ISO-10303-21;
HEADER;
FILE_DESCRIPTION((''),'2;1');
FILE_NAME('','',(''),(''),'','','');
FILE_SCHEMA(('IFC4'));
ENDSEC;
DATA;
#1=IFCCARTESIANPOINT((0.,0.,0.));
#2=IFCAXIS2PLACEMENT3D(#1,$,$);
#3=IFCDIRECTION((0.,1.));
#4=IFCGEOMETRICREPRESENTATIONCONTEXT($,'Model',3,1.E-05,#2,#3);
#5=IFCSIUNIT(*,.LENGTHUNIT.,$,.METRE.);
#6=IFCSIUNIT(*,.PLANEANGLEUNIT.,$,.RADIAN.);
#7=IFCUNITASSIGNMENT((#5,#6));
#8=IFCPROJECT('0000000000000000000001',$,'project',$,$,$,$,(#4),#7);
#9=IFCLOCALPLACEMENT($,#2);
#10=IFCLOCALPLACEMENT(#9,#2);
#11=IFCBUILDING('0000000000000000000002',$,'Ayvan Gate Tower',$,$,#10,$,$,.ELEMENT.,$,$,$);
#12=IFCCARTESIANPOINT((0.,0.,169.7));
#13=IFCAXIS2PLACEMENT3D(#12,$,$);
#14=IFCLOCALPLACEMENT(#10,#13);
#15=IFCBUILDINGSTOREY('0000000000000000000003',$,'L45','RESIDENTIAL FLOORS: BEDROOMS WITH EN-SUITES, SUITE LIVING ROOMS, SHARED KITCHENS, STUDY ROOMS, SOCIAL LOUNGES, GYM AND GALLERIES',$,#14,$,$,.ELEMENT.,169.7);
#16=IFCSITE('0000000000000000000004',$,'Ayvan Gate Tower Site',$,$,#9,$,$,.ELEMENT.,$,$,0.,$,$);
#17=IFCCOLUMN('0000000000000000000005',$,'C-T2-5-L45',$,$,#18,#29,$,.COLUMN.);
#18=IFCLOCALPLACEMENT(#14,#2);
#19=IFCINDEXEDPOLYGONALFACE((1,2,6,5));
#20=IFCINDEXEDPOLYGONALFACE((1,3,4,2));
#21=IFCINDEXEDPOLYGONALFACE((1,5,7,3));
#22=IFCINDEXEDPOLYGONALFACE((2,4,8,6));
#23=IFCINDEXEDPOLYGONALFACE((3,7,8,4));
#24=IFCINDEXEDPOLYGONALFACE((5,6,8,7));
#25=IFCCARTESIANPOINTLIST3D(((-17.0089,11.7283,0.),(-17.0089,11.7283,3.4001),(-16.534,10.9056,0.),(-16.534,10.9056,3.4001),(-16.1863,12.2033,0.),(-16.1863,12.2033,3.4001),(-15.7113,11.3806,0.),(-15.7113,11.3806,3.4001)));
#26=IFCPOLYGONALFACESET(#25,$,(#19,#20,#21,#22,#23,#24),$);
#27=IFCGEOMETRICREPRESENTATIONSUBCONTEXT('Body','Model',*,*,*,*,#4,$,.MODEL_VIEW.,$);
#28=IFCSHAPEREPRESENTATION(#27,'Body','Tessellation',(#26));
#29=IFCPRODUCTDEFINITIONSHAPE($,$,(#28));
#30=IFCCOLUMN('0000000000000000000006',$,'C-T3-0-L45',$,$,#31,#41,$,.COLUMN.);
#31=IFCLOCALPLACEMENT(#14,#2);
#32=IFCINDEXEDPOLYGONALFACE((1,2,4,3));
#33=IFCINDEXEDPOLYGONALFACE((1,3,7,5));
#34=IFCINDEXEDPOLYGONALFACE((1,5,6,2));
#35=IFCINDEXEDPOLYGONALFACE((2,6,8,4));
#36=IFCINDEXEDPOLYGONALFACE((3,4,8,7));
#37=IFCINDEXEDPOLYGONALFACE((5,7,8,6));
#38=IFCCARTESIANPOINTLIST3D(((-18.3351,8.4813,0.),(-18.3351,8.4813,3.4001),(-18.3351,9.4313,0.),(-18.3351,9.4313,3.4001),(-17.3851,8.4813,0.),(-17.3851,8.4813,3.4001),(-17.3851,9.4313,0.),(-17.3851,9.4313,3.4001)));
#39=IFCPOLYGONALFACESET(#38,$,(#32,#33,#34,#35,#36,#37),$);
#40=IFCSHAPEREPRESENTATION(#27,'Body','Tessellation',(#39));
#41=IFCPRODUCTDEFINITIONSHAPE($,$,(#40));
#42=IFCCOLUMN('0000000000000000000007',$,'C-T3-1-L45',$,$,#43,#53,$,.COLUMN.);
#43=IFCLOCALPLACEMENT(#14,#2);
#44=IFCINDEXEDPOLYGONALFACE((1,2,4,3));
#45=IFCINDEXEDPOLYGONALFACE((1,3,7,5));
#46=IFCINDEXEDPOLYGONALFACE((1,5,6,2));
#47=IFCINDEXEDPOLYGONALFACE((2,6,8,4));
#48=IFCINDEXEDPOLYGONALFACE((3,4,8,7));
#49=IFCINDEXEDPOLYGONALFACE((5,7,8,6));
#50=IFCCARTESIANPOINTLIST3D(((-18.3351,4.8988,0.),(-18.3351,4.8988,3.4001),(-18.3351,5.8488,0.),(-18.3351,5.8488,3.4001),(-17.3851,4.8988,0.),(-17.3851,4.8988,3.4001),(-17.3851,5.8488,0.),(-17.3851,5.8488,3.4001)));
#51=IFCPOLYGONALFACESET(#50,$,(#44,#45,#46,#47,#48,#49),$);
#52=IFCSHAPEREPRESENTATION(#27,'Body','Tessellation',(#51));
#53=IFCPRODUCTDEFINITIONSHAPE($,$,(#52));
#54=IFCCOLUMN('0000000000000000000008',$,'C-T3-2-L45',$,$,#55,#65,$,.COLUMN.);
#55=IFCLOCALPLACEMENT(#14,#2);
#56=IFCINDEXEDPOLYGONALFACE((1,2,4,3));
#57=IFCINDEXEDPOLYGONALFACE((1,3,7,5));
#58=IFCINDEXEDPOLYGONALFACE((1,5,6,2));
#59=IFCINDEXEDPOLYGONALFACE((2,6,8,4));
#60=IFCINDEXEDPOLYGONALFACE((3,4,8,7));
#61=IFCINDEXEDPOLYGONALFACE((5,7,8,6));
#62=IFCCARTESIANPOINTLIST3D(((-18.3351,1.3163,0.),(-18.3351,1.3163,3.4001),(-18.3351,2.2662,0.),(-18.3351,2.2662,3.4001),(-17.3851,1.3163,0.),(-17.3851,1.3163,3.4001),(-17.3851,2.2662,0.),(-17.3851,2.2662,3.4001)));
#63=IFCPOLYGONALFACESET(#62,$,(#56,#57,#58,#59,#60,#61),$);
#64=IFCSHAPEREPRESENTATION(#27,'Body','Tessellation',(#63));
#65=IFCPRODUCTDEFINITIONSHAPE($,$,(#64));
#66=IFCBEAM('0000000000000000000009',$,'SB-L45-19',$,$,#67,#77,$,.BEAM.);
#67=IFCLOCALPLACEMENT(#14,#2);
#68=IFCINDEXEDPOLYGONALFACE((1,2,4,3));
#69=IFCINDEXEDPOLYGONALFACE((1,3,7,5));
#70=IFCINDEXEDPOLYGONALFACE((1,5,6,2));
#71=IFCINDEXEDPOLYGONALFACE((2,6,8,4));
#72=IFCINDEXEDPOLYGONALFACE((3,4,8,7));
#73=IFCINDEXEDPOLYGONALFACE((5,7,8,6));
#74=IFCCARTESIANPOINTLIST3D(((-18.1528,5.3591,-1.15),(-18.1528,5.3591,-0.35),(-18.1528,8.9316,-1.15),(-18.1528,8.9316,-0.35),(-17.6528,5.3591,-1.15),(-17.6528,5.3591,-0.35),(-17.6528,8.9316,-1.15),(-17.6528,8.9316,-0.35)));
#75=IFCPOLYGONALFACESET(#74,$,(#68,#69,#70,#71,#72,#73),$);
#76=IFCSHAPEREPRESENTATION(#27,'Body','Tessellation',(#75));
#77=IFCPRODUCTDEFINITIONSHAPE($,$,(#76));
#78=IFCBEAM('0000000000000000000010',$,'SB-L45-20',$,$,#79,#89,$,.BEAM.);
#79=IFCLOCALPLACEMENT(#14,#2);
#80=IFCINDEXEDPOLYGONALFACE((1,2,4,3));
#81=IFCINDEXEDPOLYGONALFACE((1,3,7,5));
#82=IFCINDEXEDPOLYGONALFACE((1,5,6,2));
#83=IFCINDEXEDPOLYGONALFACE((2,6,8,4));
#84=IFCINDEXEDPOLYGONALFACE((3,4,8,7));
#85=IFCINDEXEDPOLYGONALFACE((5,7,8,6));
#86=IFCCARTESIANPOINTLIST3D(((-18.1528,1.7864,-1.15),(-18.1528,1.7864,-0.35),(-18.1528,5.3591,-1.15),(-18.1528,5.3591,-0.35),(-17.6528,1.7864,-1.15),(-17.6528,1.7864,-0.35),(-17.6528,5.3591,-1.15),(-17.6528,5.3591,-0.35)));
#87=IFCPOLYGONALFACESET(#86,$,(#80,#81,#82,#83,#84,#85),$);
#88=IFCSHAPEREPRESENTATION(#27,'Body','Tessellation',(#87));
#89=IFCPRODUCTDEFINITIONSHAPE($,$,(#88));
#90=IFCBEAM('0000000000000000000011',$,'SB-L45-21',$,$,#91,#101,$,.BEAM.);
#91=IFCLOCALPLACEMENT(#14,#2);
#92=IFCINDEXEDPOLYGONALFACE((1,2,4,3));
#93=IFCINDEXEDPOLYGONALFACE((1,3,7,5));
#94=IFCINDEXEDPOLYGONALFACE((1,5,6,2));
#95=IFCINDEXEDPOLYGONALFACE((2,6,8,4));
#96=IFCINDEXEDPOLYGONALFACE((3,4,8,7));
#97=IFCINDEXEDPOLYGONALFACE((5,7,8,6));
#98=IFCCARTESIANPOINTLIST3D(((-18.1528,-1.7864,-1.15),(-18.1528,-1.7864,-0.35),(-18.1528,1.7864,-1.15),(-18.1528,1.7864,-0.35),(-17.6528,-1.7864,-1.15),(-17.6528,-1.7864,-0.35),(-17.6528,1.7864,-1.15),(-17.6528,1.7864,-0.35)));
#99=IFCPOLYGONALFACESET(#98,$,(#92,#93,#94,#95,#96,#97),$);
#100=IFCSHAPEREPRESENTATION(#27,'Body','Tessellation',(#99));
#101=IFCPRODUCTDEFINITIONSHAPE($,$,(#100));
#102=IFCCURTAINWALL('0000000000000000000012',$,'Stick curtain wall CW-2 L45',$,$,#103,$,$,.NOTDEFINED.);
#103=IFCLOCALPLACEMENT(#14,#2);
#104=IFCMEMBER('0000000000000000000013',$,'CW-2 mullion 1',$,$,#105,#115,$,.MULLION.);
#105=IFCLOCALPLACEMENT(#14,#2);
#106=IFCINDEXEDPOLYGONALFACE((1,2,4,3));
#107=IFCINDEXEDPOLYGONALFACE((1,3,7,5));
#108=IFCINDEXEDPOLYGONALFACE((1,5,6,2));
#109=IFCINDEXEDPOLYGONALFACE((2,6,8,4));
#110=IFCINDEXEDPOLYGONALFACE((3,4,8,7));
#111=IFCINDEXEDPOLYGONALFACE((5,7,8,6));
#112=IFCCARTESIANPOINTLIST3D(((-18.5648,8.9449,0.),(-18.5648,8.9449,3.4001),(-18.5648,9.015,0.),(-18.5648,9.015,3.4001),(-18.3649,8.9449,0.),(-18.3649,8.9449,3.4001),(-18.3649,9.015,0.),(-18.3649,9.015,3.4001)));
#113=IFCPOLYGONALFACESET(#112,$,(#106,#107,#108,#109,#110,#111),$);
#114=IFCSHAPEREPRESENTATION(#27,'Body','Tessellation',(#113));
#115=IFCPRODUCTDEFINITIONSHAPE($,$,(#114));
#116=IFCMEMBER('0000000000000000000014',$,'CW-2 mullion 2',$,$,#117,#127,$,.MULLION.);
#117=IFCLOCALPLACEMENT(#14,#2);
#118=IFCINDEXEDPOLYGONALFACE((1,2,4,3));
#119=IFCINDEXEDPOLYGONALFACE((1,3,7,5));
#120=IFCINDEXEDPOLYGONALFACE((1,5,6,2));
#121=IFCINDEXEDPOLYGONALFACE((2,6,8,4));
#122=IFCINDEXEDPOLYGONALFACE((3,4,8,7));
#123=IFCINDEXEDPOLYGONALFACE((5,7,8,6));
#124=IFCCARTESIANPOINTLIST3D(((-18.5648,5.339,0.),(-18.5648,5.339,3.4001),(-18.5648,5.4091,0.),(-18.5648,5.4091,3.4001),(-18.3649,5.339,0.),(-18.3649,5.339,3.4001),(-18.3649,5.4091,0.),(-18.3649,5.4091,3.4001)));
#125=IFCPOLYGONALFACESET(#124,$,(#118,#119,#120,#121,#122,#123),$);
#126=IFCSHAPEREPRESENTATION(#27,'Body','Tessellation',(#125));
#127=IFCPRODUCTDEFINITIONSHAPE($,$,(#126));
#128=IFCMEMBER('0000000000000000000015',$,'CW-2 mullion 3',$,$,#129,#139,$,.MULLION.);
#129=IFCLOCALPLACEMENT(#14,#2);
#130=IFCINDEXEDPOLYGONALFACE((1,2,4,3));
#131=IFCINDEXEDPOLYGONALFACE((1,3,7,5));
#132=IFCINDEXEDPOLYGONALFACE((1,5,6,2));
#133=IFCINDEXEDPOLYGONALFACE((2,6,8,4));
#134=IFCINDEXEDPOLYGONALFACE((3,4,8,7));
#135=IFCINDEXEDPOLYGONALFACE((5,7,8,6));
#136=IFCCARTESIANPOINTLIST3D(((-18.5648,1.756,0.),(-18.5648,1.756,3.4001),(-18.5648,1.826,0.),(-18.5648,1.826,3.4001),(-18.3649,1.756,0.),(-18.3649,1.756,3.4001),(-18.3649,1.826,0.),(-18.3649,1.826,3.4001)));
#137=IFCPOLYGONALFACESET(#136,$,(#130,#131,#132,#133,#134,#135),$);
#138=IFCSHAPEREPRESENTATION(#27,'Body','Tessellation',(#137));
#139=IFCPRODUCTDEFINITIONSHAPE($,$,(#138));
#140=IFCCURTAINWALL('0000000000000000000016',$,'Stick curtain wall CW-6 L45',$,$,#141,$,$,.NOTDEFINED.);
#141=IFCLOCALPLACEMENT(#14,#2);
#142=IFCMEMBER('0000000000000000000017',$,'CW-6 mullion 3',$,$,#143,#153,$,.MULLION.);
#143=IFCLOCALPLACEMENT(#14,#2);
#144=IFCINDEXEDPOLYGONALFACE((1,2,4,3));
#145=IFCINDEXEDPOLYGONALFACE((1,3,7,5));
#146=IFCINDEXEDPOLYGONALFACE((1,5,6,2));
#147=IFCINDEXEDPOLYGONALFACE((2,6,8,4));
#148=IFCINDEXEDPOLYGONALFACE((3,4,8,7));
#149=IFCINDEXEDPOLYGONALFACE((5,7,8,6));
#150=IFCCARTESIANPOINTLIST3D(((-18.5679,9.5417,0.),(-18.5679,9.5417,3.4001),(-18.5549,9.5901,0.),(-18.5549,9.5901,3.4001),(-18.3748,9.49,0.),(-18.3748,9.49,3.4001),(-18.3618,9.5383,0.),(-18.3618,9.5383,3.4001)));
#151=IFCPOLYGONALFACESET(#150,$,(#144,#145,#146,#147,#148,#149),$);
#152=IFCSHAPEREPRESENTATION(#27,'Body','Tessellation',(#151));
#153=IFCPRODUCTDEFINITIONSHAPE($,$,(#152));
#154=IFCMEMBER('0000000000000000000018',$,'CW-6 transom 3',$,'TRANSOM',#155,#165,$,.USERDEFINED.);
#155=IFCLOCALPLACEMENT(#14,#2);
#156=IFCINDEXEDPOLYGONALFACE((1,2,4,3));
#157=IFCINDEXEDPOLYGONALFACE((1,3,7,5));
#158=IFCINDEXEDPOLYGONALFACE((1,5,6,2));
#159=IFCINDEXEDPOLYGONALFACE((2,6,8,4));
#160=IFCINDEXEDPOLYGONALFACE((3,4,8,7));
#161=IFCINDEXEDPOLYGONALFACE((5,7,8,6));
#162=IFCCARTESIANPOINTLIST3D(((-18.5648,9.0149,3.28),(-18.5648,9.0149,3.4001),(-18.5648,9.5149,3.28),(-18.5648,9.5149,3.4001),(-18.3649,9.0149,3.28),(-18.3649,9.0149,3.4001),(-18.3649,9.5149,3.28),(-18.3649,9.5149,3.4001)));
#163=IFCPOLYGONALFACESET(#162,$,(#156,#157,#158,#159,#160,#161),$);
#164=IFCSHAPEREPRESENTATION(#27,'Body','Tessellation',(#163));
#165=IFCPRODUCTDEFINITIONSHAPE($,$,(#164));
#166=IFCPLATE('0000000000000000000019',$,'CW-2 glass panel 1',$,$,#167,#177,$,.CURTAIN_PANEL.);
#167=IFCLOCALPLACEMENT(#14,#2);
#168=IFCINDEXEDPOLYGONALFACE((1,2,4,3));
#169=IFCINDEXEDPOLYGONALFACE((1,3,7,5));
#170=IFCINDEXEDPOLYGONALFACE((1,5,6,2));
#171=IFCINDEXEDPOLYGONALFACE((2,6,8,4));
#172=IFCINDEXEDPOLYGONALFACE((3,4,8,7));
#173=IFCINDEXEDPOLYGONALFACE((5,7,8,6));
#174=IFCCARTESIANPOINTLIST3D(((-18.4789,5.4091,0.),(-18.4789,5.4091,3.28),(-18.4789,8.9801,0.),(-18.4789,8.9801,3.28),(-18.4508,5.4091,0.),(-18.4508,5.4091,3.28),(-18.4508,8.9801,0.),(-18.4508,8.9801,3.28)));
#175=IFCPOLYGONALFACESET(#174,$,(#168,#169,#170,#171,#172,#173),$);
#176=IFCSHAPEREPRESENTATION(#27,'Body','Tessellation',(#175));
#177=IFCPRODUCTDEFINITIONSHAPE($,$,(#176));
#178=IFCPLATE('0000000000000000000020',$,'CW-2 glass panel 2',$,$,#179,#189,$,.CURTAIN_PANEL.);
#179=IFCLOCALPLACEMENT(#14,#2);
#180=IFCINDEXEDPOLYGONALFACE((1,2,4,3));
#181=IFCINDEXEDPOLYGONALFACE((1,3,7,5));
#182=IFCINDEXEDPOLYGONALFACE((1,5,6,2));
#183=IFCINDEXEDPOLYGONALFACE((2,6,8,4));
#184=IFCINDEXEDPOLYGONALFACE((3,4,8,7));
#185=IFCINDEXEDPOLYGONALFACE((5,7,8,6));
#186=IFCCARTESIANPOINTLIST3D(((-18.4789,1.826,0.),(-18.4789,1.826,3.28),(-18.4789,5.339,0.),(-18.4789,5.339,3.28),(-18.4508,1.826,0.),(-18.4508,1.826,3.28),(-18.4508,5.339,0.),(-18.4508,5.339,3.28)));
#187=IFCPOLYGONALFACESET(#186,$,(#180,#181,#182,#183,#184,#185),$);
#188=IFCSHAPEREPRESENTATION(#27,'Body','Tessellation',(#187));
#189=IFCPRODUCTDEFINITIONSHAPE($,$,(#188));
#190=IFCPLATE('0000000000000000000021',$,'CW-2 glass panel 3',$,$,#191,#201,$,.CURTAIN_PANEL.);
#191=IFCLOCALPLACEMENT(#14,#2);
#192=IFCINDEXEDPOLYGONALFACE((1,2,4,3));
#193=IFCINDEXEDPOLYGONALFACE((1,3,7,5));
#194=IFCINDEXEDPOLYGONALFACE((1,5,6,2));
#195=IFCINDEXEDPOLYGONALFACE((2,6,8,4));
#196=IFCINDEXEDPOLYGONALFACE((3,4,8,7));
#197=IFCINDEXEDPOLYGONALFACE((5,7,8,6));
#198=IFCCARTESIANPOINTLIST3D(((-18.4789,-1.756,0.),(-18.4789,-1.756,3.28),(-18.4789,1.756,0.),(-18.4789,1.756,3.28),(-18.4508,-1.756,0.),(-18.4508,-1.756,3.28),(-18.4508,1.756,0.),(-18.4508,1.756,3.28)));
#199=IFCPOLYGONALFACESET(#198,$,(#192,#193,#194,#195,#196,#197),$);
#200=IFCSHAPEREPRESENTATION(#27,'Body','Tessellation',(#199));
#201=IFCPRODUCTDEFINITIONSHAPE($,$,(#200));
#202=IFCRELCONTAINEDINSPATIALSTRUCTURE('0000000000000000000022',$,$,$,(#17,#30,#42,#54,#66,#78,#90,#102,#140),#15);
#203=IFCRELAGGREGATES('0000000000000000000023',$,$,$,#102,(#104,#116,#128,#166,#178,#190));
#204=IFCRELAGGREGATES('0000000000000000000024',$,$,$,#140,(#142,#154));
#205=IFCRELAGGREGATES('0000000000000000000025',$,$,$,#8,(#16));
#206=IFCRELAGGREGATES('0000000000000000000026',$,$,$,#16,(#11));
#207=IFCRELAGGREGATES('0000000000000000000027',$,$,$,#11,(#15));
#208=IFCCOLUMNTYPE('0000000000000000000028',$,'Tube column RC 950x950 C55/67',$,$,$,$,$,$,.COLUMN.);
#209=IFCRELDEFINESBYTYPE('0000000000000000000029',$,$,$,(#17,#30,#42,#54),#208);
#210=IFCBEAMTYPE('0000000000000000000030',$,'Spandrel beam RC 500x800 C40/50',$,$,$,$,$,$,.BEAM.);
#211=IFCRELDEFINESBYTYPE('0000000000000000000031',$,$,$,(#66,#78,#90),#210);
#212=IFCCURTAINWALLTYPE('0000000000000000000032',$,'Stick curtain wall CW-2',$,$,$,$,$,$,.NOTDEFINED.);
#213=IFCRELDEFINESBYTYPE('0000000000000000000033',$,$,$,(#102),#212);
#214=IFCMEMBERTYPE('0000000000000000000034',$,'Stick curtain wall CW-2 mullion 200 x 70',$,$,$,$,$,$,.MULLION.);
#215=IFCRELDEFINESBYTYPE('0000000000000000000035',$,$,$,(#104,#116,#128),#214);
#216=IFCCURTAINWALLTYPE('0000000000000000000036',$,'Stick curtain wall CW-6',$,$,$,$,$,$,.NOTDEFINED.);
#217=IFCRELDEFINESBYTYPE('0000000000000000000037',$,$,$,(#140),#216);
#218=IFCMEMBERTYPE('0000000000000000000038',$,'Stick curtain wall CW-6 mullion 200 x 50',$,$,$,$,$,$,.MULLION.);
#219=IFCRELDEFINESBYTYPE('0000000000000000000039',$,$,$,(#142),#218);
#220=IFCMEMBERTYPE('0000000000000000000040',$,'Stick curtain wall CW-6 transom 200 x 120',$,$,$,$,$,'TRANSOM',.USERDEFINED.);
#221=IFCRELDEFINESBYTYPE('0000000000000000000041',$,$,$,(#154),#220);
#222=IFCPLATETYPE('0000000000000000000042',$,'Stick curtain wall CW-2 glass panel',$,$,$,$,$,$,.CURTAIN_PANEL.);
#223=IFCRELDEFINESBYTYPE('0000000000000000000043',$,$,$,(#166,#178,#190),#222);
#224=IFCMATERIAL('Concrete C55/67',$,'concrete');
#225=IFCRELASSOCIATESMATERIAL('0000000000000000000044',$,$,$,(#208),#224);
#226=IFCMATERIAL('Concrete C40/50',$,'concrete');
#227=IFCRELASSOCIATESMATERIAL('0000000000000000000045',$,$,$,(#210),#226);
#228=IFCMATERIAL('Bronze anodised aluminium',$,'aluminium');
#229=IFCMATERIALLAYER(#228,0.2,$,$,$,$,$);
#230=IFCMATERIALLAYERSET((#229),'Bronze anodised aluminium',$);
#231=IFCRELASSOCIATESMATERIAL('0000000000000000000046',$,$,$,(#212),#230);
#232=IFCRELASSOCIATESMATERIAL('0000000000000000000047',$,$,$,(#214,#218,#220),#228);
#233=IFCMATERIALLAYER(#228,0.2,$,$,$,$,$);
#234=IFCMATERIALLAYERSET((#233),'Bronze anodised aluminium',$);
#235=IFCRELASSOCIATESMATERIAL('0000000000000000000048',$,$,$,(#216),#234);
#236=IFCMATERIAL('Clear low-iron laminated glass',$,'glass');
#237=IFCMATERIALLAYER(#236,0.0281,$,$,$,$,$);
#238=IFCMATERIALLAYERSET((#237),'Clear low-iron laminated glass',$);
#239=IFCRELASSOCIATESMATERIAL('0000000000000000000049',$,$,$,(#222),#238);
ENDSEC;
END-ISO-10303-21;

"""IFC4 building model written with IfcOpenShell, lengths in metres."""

from ifc_helpers import new_model, si_unit, direction, frame, origin, origin_2d, place, context, subcontext, project, spatial, rectangle, extrude, material, layer, layer_set, material_profile, profile_set, type_object, element, aggregate, save


model = new_model("IFC4")

# Units and contexts
model_context = context("Model", 3, precision=1e-05, world=origin(), true_north=direction((0.0, 1.0)))
body_context = subcontext(model_context, "Body", "Model", "MODEL_VIEW")
ifc_project = project(units=[si_unit("LENGTHUNIT", "METRE"), si_unit("PLANEANGLEUNIT", "RADIAN")], contexts=[model_context])

# Site, building, storey
site_placement = place(None, origin())
site = spatial("IfcSite", under=ifc_project, at=site_placement, Name="Ayvan Gate Tower Site", CompositionType="ELEMENT", RefElevation=0.0)
building_placement = place(site_placement, origin())
building = spatial("IfcBuilding", under=site, at=building_placement, Name="Ayvan Gate Tower", CompositionType="ELEMENT")
storey_placement = place(building_placement, frame((0.0, 0.0, 169.7)))
storey = spatial("IfcBuildingStorey", under=building, at=storey_placement, Name="L45", Description="RESIDENTIAL FLOORS: BEDROOMS WITH EN-SUITES, SUITE LIVING ROOMS, SHARED KITCHENS, STUDY ROOMS, SOCIAL LOUNGES, GYM AND GALLERIES", CompositionType="ELEMENT", Elevation=169.7)

# Columns
ifc_material_1 = material(Name="Concrete C55/67", Category="concrete")
ifc_material_profile_1 = material_profile(ifc_material_1, rectangle(XDim=0.95, YDim=0.95, at=origin_2d()), Name="RC 950x950")
ifc_profile_set_1 = profile_set([ifc_material_profile_1], Name="Concrete C55/67")
column_type = type_object("IfcColumnType", Name="Tube column RC 950x950 C55/67", PredefinedType="COLUMN", material=ifc_profile_set_1)
for number, where, z_axis, x_axis, name in (
    (1, (-16.3601, 11.5544, 0.0), (0.0, 0.0, 1.0), (-0.5, 0.866025, 0.0), "C-T2-5-L45"),
    (2, (-17.8601, 8.9563, 0.0), (0.0, 0.0, 1.0), (-1.0, 0.0, 0.0), "C-T3-0-L45"),
    (3, (-17.8601, 5.3738, 0.0), (0.0, 0.0, 1.0), (-1.0, 0.0, 0.0), "C-T3-1-L45"),
    (4, (-17.8601, 1.7913, 0.0), (0.0, 0.0, 1.0), (-1.0, 0.0, 0.0), "C-T3-2-L45"),
):
    element("IfcColumn", number, at=place(storey_placement, frame(where, z_axis=z_axis, x_axis=x_axis)), inside=storey, type_object=column_type, Name=name, PredefinedType="COLUMN", context=body_context, shape_type="SweptSolid", body=[
        extrude(rectangle(XDim=0.95, YDim=0.95, at=origin_2d()), origin(), (0.0, 0.0, 1.0), 3.4001),
    ])

# Beams
ifc_material_2 = material(Name="Concrete C40/50", Category="concrete")
ifc_material_profile_2 = material_profile(ifc_material_2, rectangle(XDim=0.5, YDim=0.8, at=origin_2d()), Name="RC 500x800")
ifc_profile_set_2 = profile_set([ifc_material_profile_2], Name="Concrete C40/50")
beam_type = type_object("IfcBeamType", Name="Spandrel beam RC 500x800 C40/50", PredefinedType="BEAM", material=ifc_profile_set_2)
beam_placement = place(storey_placement, frame((-17.9028, 8.9316, -0.75), z_axis=(0.0, -1.0, 0.0), x_axis=(1.0, 0.0, 0.0)))
element("IfcBeam", 5, at=beam_placement, inside=storey, type_object=beam_type, Name="SB-L45-19", PredefinedType="BEAM", context=body_context, shape_type="SweptSolid", body=[
    extrude(rectangle(XDim=0.5, YDim=0.8, at=origin_2d()), origin(), (0.0, 0.0, 1.0), 3.5725),
])
for number, where, z_axis, x_axis, name in (
    (6, (-17.9028, 5.3591, -0.75), (0.0, -1.0, 0.0), (1.0, 0.0, 0.0), "SB-L45-20"),
    (7, (-17.9028, 1.7864, -0.75), (0.0, -1.0, 0.0), (1.0, 0.0, 0.0), "SB-L45-21"),
):
    element("IfcBeam", number, at=place(storey_placement, frame(where, z_axis=z_axis, x_axis=x_axis)), inside=storey, type_object=beam_type, Name=name, PredefinedType="BEAM", context=body_context, shape_type="SweptSolid", body=[
        extrude(rectangle(XDim=0.5, YDim=0.8, at=origin_2d()), origin(), (0.0, 0.0, 1.0), 3.5728),
    ])

# Curtain walls, members
ifc_material_3 = material(Name="Bronze anodised aluminium", Category="aluminium")
ifc_layer_1 = layer(ifc_material_3, 0.2)
ifc_layer_set_1 = layer_set([ifc_layer_1], Name="Bronze anodised aluminium")
curtain_wall_type_1 = type_object("IfcCurtainWallType", Name="Stick curtain wall CW-2", PredefinedType="NOTDEFINED", material=ifc_layer_set_1)
curtain_wall_1_placement = place(storey_placement, origin())
curtain_wall_1 = element("IfcCurtainWall", 8, at=curtain_wall_1_placement, inside=storey, type_object=curtain_wall_type_1, Name="Stick curtain wall CW-2 L45", PredefinedType="NOTDEFINED")
ifc_material_profile_3 = material_profile(ifc_material_3, rectangle(XDim=0.2, YDim=0.0701, at=origin_2d()), Name="Stick curtain wall CW-2 mullion 200 x 70")
ifc_profile_set_3 = profile_set([ifc_material_profile_3], Name="Bronze anodised aluminium")
member_type_1 = type_object("IfcMemberType", Name="Stick curtain wall CW-2 mullion 200 x 70", PredefinedType="MULLION", material=ifc_profile_set_3)
member_1_placement = place(storey_placement, frame((-18.4648, 8.98, 0.0), z_axis=(0.0, 0.0, 1.0), x_axis=(-1.0, 0.0, 0.0)))
member_1 = element("IfcMember", 9, at=member_1_placement, type_object=member_type_1, Name="CW-2 mullion 1", PredefinedType="MULLION", context=body_context, shape_type="SweptSolid", body=[
    extrude(rectangle(XDim=0.2, YDim=0.0701, at=origin_2d()), origin(), (0.0, 0.0, 1.0), 3.4001),
])
member_2_placement = place(storey_placement, frame((-18.4648, 5.374, 0.0), z_axis=(0.0, 0.0, 1.0), x_axis=(-1.0, 0.0, 0.0)))
member_2 = element("IfcMember", 10, at=member_2_placement, type_object=member_type_1, Name="CW-2 mullion 2", PredefinedType="MULLION", context=body_context, shape_type="SweptSolid", body=[
    extrude(rectangle(XDim=0.2, YDim=0.0701, at=origin_2d()), origin(), (0.0, 0.0, 1.0), 3.4001),
])
member_3_placement = place(storey_placement, frame((-18.4648, 1.791, 0.0), z_axis=(0.0, 0.0, 1.0), x_axis=(-1.0, 0.0, 0.0)))
member_3 = element("IfcMember", 11, at=member_3_placement, type_object=member_type_1, Name="CW-2 mullion 3", PredefinedType="MULLION", context=body_context, shape_type="SweptSolid", body=[
    extrude(rectangle(XDim=0.2, YDim=0.0701, at=origin_2d()), origin(), (0.0, 0.0, 1.0), 3.4001),
])
ifc_layer_2 = layer(ifc_material_3, 0.2)
ifc_layer_set_2 = layer_set([ifc_layer_2], Name="Bronze anodised aluminium")
curtain_wall_type_2 = type_object("IfcCurtainWallType", Name="Stick curtain wall CW-6", PredefinedType="NOTDEFINED", material=ifc_layer_set_2)
curtain_wall_2_placement = place(storey_placement, origin())
curtain_wall_2 = element("IfcCurtainWall", 12, at=curtain_wall_2_placement, inside=storey, type_object=curtain_wall_type_2, Name="Stick curtain wall CW-6 L45", PredefinedType="NOTDEFINED")
ifc_material_profile_4 = material_profile(ifc_material_3, rectangle(XDim=0.2, YDim=0.05, at=origin_2d()), Name="Stick curtain wall CW-6 mullion 200 x 50")
ifc_profile_set_4 = profile_set([ifc_material_profile_4], Name="Bronze anodised aluminium")
member_type_2 = type_object("IfcMemberType", Name="Stick curtain wall CW-6 mullion 200 x 50", PredefinedType="MULLION", material=ifc_profile_set_4)
member_4_placement = place(storey_placement, frame((-18.4648, 9.54, 0.0), z_axis=(0.0, 0.0, 1.0), x_axis=(-0.965926, 0.258819, 0.0)))
member_4 = element("IfcMember", 13, at=member_4_placement, type_object=member_type_2, Name="CW-6 mullion 3", PredefinedType="MULLION", context=body_context, shape_type="SweptSolid", body=[
    extrude(rectangle(XDim=0.2, YDim=0.05, at=origin_2d()), origin(), (0.0, 0.0, 1.0), 3.4001),
])
ifc_material_profile_5 = material_profile(ifc_material_3, rectangle(XDim=0.2, YDim=0.1201, at=origin_2d()), Name="Stick curtain wall CW-6 transom 200 x 120")
ifc_profile_set_5 = profile_set([ifc_material_profile_5], Name="Bronze anodised aluminium")
member_type_3 = type_object("IfcMemberType", Name="Stick curtain wall CW-6 transom 200 x 120", ElementType="TRANSOM", PredefinedType="USERDEFINED", material=ifc_profile_set_5)
member_5_placement = place(storey_placement, frame((-18.4648, 9.5149, 3.3401), z_axis=(0.0, -1.0, 0.0), x_axis=(1.0, 0.0, 0.0)))
member_5 = element("IfcMember", 14, at=member_5_placement, type_object=member_type_3, Name="CW-6 transom 3", ObjectType="TRANSOM", PredefinedType="USERDEFINED", context=body_context, shape_type="SweptSolid", body=[
    extrude(rectangle(XDim=0.2, YDim=0.1201, at=origin_2d()), origin(), (0.0, 0.0, 1.0), 0.5),
])

# Plates
ifc_material_4 = material(Name="Clear low-iron laminated glass", Category="glass")
ifc_layer_3 = layer(ifc_material_4, 0.0281)
ifc_layer_set_3 = layer_set([ifc_layer_3], Name="Clear low-iron laminated glass")
plate_type_1 = type_object("IfcPlateType", Name="Stick curtain wall CW-2 glass panel", PredefinedType="CURTAIN_PANEL", material=ifc_layer_set_3)
plate_1_placement = place(storey_placement, frame((-18.4648, 7.1946, 0.0), z_axis=(0.0, 0.0, 1.0), x_axis=(0.0, -1.0, 0.0)))
plate_1 = element("IfcPlate", 15, at=plate_1_placement, type_object=plate_type_1, Name="CW-2 glass panel 1", PredefinedType="CURTAIN_PANEL", context=body_context, shape_type="SweptSolid", body=[
    extrude(rectangle(XDim=3.571, YDim=0.0281, at=origin_2d()), origin(), (0.0, 0.0, 1.0), 3.28),
])
plate_2_placement = place(storey_placement, frame((-18.4648, 3.5825, 0.0), z_axis=(0.0, 0.0, 1.0), x_axis=(0.0, -1.0, 0.0)))
plate_2 = element("IfcPlate", 16, at=plate_2_placement, type_object=plate_type_1, Name="CW-2 glass panel 2", PredefinedType="CURTAIN_PANEL", context=body_context, shape_type="SweptSolid", body=[
    extrude(rectangle(XDim=3.5129, YDim=0.0281, at=origin_2d()), origin(), (0.0, 0.0, 1.0), 3.28),
])
plate_3_placement = place(storey_placement, frame((-18.4648, 0.0, 0.0), z_axis=(0.0, 0.0, 1.0), x_axis=(0.0, -1.0, 0.0)))
plate_3 = element("IfcPlate", 17, at=plate_3_placement, type_object=plate_type_1, Name="CW-2 glass panel 3", PredefinedType="CURTAIN_PANEL", context=body_context, shape_type="SweptSolid", body=[
    extrude(rectangle(XDim=3.512, YDim=0.0281, at=origin_2d()), origin(), (0.0, 0.0, 1.0), 3.28),
])
aggregate(curtain_wall_1, [member_1, member_2, member_3, plate_1, plate_2, plate_3])
aggregate(curtain_wall_2, [member_4, member_5])

save(model, "model.ifc")
